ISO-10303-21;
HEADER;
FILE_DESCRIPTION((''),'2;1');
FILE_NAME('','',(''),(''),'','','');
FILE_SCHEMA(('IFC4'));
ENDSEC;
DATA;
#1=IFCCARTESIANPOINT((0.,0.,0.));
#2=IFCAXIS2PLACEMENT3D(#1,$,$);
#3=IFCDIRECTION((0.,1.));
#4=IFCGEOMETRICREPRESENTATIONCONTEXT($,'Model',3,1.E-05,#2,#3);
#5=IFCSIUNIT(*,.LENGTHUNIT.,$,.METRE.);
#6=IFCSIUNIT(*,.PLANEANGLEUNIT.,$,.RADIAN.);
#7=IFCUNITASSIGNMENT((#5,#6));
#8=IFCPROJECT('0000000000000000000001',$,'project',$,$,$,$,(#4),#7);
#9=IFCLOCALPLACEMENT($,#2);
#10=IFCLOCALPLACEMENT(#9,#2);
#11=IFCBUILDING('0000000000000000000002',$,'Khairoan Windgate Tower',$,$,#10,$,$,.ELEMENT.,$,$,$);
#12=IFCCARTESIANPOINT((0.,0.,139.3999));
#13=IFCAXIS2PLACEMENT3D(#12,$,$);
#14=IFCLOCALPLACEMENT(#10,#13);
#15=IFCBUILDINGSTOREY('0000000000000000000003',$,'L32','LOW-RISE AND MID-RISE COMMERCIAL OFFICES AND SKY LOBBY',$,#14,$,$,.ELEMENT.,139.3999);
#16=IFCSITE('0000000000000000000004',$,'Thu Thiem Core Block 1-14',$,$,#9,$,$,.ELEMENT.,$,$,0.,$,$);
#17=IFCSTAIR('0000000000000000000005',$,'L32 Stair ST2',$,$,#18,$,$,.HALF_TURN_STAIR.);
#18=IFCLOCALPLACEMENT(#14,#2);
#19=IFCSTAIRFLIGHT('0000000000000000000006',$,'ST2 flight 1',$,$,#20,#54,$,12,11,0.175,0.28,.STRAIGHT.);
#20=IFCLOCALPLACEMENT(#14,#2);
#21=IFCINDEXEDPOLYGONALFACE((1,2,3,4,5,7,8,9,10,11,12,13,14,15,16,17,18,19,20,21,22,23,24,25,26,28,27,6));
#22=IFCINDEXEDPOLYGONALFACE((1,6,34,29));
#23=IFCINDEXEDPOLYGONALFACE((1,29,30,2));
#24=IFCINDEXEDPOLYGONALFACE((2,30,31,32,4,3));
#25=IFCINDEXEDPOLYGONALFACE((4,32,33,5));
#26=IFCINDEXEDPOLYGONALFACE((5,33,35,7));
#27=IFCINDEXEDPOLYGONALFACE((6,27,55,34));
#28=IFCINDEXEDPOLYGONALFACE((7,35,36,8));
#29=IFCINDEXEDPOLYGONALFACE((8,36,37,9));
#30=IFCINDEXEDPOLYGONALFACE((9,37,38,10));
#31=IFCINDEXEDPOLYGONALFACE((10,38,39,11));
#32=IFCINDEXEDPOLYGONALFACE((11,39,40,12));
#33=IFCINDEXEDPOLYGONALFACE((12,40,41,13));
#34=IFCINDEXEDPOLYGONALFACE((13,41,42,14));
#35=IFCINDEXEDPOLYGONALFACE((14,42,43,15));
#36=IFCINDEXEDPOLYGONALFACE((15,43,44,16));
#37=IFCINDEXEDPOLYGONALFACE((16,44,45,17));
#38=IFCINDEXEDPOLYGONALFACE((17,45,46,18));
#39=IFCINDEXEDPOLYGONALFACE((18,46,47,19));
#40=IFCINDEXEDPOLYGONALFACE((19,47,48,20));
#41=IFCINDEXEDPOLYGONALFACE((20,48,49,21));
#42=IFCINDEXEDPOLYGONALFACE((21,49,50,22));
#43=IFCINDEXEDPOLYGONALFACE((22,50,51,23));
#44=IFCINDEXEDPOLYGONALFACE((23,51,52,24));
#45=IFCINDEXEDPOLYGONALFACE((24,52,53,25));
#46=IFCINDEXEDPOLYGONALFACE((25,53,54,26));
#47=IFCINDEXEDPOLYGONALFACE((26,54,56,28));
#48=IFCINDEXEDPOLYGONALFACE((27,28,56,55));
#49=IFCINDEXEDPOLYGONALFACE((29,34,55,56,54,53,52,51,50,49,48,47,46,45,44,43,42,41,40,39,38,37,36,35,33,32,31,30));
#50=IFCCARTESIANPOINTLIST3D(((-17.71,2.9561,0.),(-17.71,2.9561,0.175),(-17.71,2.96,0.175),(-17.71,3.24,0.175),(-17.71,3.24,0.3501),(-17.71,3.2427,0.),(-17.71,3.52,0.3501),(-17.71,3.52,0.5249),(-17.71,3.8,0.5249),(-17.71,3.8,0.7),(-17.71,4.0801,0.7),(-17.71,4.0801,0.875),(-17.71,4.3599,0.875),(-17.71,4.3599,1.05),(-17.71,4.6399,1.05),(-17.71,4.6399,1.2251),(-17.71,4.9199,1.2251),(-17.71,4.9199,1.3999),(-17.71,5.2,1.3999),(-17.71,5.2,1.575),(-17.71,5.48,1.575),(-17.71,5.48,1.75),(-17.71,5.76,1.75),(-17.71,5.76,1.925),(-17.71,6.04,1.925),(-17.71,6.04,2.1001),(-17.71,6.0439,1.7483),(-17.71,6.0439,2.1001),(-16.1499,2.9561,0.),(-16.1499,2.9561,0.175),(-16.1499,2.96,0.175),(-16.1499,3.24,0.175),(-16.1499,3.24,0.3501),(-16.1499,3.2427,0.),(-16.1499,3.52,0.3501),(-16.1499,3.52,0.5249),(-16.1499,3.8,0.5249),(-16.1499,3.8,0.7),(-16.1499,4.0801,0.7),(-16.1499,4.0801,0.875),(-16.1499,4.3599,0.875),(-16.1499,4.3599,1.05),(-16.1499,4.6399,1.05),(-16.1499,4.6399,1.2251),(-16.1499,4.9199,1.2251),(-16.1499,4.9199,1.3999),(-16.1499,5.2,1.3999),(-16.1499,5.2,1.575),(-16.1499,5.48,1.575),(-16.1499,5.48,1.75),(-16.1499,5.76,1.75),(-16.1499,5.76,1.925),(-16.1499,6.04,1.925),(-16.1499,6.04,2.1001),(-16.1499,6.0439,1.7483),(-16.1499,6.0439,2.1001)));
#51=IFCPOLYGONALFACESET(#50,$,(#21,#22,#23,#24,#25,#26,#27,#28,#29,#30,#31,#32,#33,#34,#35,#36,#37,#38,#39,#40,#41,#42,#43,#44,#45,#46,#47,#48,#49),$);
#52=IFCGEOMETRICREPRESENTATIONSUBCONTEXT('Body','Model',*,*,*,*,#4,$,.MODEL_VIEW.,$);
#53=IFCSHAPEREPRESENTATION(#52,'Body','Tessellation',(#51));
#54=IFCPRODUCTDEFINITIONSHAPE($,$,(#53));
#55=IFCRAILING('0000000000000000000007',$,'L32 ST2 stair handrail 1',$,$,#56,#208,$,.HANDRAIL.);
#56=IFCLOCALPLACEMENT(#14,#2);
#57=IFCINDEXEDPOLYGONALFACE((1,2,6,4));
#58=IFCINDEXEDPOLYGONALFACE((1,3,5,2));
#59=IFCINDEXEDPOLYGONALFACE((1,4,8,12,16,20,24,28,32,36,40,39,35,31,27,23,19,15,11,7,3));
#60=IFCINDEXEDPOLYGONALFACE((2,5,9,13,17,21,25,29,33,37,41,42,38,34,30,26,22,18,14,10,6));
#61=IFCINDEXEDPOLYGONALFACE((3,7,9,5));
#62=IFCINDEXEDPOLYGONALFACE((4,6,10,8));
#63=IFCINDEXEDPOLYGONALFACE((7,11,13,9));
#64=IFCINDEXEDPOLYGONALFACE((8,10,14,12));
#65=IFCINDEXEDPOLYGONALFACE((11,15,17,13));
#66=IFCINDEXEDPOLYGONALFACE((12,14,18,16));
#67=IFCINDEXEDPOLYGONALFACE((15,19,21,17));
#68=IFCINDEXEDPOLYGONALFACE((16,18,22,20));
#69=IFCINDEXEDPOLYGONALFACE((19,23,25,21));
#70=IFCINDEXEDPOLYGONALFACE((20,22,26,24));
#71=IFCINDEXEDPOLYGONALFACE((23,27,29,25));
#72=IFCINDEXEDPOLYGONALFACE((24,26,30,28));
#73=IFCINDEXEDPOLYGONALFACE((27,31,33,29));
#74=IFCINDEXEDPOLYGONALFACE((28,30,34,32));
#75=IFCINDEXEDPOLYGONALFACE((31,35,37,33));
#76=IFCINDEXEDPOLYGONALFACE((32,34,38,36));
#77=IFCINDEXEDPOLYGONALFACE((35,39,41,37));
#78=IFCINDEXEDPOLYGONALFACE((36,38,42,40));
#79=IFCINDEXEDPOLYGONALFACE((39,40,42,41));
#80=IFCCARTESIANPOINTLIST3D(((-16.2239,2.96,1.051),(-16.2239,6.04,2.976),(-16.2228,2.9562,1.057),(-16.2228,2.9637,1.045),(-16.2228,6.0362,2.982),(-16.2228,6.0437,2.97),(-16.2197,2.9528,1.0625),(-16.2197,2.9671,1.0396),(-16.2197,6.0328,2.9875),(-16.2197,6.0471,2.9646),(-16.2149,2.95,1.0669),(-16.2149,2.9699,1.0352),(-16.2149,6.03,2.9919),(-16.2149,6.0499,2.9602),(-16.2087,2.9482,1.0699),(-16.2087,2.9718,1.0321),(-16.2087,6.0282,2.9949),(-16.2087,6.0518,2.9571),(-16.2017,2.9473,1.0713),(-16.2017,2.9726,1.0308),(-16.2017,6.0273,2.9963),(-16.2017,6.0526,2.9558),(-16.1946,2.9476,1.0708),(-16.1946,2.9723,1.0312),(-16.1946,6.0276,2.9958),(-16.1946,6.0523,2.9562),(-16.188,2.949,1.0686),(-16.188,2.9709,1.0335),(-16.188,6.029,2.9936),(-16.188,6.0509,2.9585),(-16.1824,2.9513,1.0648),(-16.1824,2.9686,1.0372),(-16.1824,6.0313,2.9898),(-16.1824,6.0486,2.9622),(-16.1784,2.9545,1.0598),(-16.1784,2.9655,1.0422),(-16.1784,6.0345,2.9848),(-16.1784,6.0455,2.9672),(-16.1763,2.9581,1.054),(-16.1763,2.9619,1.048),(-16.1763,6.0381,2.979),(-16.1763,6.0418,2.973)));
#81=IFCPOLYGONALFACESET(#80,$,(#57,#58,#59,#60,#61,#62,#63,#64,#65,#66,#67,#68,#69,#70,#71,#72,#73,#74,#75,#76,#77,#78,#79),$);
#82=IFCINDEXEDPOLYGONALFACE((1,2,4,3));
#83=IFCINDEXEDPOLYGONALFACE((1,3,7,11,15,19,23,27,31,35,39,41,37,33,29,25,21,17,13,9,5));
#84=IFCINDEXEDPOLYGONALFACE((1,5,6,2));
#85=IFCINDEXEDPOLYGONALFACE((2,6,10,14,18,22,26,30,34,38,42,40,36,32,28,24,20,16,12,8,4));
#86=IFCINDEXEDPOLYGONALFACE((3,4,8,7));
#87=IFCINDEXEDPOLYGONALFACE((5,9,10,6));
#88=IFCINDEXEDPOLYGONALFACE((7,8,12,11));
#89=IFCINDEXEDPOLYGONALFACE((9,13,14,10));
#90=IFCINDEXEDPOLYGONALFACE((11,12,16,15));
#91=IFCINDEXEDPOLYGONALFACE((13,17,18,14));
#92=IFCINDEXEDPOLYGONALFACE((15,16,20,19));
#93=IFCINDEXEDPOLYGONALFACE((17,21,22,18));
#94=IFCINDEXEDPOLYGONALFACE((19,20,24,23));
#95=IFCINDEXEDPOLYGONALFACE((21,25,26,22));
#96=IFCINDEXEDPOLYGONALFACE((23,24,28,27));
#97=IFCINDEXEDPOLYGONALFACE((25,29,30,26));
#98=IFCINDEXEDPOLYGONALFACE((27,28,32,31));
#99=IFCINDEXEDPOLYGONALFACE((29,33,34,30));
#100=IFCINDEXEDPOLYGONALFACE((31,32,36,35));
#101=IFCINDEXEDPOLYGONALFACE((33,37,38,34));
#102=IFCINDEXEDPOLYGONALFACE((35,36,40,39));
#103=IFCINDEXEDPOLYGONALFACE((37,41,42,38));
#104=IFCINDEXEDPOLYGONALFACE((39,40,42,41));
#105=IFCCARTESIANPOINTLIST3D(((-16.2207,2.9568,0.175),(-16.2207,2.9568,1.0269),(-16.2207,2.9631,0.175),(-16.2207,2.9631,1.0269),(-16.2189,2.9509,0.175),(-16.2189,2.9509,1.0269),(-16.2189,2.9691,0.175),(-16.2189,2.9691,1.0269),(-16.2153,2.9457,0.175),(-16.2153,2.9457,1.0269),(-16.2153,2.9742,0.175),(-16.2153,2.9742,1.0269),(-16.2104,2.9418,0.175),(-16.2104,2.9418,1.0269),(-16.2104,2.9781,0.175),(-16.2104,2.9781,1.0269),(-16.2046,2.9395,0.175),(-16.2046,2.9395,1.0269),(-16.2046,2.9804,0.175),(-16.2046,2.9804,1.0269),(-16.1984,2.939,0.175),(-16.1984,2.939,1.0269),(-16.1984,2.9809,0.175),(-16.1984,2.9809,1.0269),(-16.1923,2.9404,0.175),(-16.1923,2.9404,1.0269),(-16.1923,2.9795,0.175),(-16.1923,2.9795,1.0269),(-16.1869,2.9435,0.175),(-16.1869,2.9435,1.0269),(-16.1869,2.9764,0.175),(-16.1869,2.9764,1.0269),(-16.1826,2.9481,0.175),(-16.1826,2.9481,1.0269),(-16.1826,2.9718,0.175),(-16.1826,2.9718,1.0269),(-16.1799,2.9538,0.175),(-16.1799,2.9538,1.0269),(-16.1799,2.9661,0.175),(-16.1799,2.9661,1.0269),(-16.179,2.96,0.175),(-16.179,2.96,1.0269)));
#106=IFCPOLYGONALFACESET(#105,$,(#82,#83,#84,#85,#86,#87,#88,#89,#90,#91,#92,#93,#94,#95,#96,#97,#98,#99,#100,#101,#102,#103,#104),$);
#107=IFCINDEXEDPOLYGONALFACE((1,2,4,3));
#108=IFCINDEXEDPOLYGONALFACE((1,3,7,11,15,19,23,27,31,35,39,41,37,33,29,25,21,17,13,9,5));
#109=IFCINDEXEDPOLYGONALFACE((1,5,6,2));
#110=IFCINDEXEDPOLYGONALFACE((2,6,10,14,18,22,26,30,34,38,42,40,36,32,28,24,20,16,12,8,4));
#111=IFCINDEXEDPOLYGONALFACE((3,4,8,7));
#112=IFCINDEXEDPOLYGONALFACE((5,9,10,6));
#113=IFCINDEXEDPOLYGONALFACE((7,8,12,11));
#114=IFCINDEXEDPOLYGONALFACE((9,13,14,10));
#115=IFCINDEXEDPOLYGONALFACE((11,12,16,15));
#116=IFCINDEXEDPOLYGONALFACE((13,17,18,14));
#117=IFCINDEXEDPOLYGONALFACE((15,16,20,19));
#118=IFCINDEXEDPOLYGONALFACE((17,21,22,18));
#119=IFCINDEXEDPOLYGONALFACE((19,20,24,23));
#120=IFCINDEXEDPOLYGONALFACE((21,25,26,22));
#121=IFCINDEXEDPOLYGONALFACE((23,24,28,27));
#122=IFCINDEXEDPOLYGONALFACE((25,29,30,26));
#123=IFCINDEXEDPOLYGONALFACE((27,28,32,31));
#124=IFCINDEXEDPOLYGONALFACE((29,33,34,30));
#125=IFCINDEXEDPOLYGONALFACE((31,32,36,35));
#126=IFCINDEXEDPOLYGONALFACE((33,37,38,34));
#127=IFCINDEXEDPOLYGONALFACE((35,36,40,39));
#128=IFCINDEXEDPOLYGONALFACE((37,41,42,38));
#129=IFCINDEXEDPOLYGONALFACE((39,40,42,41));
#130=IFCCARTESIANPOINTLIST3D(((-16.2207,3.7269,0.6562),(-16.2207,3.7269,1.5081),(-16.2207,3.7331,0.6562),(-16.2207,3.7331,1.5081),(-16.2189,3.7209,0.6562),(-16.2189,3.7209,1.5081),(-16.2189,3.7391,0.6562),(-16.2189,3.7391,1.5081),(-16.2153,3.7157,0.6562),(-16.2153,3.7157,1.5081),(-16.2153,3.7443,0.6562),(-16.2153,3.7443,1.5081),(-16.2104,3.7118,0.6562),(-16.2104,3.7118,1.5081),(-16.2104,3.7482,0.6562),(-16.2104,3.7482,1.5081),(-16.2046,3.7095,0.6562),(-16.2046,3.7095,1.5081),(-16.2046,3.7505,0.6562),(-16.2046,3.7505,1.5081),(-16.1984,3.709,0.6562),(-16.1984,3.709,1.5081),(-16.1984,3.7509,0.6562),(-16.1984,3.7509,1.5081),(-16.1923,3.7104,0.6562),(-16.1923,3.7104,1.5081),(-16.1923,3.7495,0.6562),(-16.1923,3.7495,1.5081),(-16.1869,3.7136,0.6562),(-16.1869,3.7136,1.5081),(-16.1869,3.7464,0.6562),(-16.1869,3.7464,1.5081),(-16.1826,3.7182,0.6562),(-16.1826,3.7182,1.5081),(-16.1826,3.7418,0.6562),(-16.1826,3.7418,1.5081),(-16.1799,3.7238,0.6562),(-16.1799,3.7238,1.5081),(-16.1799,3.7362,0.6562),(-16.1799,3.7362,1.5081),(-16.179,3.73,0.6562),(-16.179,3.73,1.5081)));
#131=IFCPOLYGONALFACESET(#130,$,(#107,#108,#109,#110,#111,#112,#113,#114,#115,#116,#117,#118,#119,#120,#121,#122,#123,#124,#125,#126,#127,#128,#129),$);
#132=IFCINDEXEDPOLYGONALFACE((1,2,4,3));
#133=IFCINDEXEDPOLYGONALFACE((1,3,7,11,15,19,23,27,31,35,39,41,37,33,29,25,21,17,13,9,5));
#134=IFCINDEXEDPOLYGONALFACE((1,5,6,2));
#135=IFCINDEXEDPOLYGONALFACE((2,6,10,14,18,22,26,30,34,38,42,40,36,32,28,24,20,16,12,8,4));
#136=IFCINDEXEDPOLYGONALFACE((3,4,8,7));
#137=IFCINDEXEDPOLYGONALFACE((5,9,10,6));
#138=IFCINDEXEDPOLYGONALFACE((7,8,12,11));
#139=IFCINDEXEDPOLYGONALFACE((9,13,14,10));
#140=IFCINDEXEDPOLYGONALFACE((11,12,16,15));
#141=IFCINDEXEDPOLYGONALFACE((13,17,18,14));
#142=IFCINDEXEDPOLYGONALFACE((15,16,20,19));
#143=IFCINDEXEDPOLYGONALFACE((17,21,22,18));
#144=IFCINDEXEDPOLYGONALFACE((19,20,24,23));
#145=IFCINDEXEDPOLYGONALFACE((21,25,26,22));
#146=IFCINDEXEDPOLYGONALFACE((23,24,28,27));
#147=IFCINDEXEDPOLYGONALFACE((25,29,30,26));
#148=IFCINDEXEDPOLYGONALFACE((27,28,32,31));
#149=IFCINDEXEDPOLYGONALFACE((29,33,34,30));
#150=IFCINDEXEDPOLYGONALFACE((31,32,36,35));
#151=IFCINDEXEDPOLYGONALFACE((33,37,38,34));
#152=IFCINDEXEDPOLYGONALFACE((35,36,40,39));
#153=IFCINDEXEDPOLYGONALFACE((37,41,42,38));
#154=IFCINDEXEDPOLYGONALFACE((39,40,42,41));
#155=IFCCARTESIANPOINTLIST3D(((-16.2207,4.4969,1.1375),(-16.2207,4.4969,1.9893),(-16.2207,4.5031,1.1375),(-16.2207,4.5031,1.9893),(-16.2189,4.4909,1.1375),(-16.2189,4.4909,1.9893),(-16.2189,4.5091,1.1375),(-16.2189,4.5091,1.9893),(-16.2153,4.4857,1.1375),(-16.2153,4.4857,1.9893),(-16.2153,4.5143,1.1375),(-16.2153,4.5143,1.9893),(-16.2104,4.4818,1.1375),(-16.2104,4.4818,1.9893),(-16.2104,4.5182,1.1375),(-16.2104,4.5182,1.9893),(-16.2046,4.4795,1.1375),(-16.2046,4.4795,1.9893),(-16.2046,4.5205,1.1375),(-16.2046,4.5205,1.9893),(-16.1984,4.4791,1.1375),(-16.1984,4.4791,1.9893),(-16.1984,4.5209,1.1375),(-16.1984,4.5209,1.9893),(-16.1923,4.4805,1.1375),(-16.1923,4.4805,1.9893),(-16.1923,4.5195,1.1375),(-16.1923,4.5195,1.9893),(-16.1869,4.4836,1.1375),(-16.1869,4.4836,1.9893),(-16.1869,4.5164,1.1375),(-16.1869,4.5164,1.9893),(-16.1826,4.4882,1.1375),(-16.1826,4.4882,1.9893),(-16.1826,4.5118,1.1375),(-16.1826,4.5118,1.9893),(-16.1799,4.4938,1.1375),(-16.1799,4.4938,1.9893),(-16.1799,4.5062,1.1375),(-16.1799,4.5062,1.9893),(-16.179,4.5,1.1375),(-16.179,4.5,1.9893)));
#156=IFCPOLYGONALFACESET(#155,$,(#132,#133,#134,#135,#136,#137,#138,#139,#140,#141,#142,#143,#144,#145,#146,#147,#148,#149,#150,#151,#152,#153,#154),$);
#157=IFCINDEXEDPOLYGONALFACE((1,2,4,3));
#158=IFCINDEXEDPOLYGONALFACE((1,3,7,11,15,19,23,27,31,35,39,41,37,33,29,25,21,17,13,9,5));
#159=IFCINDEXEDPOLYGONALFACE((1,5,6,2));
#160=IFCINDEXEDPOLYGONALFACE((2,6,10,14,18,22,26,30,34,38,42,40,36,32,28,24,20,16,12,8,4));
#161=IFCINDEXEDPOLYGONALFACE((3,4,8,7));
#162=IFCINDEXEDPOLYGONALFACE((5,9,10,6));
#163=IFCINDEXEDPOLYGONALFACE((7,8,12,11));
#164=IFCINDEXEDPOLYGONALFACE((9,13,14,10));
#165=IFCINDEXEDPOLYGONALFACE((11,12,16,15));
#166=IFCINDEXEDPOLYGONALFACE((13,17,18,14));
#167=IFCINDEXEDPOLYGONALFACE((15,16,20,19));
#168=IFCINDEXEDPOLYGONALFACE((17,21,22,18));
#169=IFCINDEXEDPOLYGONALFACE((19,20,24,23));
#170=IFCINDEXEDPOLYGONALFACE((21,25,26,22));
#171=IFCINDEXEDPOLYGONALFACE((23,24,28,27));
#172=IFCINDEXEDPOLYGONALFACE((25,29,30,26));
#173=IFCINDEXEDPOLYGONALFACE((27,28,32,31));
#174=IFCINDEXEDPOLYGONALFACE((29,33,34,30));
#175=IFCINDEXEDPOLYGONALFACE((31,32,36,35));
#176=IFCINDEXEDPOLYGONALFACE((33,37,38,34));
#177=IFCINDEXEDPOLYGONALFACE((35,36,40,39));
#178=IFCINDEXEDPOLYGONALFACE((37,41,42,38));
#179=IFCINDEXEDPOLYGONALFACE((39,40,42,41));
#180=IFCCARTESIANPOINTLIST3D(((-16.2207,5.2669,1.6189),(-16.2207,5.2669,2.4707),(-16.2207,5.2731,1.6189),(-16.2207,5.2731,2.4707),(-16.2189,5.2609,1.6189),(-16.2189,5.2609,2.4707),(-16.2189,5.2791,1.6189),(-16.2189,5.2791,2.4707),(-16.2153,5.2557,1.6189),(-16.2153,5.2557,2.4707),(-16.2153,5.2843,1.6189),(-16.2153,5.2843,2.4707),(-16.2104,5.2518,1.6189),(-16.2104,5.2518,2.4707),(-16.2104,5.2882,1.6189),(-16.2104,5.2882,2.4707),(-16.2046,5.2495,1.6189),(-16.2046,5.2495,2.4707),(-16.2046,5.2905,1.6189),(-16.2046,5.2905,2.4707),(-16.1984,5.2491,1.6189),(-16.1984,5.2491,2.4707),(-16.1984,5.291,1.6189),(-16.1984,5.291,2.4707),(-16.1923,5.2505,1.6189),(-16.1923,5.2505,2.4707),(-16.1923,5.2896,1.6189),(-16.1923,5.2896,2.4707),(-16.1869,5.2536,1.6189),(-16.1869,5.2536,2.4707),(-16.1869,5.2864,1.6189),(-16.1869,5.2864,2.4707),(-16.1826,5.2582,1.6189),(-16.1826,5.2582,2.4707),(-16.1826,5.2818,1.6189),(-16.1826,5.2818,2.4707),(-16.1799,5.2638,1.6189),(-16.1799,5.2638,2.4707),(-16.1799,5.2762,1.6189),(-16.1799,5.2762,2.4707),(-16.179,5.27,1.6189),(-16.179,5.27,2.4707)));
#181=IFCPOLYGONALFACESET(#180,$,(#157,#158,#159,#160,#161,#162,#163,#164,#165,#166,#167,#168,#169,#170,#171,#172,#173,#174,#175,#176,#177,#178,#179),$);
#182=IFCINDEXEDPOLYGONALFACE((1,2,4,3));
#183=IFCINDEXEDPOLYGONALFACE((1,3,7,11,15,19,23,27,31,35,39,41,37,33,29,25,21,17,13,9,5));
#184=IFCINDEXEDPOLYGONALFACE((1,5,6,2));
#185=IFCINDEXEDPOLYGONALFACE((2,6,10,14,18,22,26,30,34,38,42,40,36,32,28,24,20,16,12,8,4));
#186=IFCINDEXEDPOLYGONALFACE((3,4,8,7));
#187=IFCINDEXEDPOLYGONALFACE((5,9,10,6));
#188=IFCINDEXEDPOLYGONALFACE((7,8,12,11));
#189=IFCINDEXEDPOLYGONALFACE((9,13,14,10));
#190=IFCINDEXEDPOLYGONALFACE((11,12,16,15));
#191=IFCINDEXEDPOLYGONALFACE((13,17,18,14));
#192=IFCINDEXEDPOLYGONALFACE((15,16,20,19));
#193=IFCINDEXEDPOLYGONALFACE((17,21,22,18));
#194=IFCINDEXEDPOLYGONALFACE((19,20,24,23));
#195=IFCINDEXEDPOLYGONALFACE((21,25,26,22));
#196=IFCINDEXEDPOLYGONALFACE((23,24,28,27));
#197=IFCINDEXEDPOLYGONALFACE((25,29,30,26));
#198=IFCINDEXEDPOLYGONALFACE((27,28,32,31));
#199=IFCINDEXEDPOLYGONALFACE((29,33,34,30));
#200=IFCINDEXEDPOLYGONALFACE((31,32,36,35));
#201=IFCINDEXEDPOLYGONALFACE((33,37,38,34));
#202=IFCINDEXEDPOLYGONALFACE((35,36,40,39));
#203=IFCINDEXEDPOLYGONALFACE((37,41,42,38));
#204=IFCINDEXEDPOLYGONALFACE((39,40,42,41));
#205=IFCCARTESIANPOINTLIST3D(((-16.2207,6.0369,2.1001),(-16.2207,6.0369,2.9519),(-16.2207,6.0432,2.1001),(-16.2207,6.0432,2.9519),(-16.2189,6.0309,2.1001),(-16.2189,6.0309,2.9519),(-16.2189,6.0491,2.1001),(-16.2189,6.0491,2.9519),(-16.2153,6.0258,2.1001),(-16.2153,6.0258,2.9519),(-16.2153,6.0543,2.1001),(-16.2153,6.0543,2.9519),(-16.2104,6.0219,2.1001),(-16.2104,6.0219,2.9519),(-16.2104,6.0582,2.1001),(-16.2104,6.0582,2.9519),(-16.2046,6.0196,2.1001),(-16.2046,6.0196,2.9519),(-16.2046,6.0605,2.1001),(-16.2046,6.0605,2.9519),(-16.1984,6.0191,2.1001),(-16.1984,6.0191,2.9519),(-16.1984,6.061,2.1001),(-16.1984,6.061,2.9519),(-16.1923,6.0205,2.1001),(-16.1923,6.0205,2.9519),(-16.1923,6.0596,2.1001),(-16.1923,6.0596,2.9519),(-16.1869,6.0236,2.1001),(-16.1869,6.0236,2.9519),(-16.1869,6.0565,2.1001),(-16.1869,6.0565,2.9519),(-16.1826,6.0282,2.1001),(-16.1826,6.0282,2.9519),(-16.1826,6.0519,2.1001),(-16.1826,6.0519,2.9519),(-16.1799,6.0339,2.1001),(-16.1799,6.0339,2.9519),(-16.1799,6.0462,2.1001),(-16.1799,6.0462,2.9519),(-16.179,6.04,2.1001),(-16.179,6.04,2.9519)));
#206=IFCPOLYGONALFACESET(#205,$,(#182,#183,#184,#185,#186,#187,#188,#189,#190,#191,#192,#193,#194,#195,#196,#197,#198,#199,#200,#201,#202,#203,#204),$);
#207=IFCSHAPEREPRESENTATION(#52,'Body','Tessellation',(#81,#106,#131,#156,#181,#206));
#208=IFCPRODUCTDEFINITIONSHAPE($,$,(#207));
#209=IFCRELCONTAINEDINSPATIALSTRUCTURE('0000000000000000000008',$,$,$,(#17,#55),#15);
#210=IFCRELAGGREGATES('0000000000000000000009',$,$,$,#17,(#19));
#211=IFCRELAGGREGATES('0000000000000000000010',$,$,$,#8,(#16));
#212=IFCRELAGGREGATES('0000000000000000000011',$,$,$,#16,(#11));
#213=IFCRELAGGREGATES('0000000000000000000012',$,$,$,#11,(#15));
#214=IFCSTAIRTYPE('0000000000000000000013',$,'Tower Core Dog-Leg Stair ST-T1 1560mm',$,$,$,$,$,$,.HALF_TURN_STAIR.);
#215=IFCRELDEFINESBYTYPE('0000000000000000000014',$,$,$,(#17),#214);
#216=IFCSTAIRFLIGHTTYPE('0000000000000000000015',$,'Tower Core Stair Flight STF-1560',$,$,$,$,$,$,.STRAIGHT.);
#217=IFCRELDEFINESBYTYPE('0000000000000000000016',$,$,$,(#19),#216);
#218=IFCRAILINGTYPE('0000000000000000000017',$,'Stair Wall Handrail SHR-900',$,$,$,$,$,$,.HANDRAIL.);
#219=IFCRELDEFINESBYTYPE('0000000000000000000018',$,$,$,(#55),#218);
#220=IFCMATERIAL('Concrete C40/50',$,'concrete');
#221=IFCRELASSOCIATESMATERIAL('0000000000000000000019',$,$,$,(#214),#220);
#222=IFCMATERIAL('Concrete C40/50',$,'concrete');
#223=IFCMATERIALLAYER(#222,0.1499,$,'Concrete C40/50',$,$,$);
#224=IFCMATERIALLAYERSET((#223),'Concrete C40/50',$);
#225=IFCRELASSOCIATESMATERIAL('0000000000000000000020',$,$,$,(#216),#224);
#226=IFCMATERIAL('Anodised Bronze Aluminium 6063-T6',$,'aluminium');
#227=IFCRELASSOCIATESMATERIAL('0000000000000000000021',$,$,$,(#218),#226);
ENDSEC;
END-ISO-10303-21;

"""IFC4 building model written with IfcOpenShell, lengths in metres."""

from ifc_helpers import new_model, si_unit, direction, frame, origin, origin_2d, place, context, subcontext, project, spatial, polyline, circle, outline, extrude, material, layer, layer_set, type_object, element, aggregate, save


model = new_model("IFC4")

# Units and contexts
model_context = context("Model", 3, precision=1e-05, world=origin(), true_north=direction((0.0, 1.0)))
body_context = subcontext(model_context, "Body", "Model", "MODEL_VIEW")
ifc_project = project(units=[si_unit("LENGTHUNIT", "METRE"), si_unit("PLANEANGLEUNIT", "RADIAN")], contexts=[model_context])

# Site, building, storey
site_placement = place(None, origin())
site = spatial("IfcSite", under=ifc_project, at=site_placement, Name="Thu Thiem Core Block 1-14", CompositionType="ELEMENT", RefElevation=0.0)
building_placement = place(site_placement, origin())
building = spatial("IfcBuilding", under=site, at=building_placement, Name="Khairoan Windgate Tower", CompositionType="ELEMENT")
storey_placement = place(building_placement, frame((0.0, 0.0, 139.3999)))
storey = spatial("IfcBuildingStorey", under=building, at=storey_placement, Name="L32", Description="LOW-RISE AND MID-RISE COMMERCIAL OFFICES AND SKY LOBBY", CompositionType="ELEMENT", Elevation=139.3999)

# Stair, stair flight
ifc_material_1 = material(Name="Concrete C40/50", Category="concrete")
stair_type = type_object("IfcStairType", Name="Tower Core Dog-Leg Stair ST-T1 1560mm", PredefinedType="HALF_TURN_STAIR", material=ifc_material_1)
stair_placement = place(storey_placement, origin())
stair = element("IfcStair", 1, at=stair_placement, inside=storey, type_object=stair_type, Name="L32 Stair ST2", PredefinedType="HALF_TURN_STAIR")
ifc_material_2 = material(Name="Concrete C40/50", Category="concrete")
ifc_layer_1 = layer(ifc_material_2, 0.1499, Name="Concrete C40/50")
ifc_layer_set_1 = layer_set([ifc_layer_1], Name="Concrete C40/50")
stair_flight_type = type_object("IfcStairFlightType", Name="Tower Core Stair Flight STF-1560", PredefinedType="STRAIGHT", material=ifc_layer_set_1)
stair_flight_placement = place(storey_placement, frame((-16.9299, 2.96, 0.0), z_axis=(0.0, 0.0, 1.0), x_axis=(0.0, 1.0, 0.0)))
stair_flight = element("IfcStairFlight", 2, at=stair_flight_placement, type_object=stair_flight_type, Name="ST2 flight 1", NumberOfRisers=12, NumberOfTreads=11, PredefinedType="STRAIGHT", RiserHeight=0.175, TreadLength=0.28, context=body_context, shape_type="SweptSolid", body=[
    extrude(outline(polyline([(-0.0039, 0.0), (-0.0039, 0.175), (0.0, 0.175), (0.28, 0.175), (0.28, 0.3501), (0.5601, 0.3501), (0.5601, 0.5249), (0.8401, 0.5249), (0.8401, 0.7), (1.1201, 0.7), (1.1201, 0.875), (1.3999, 0.875), (1.3999, 1.05), (1.6799, 1.05), (1.6799, 1.2251), (1.96, 1.2251), (1.96, 1.3999), (2.24, 1.3999), (2.24, 1.575), (2.52, 1.575), (2.52, 1.75), (2.8, 1.75), (2.8, 1.925), (3.0801, 1.925), (3.0801, 2.1001), (3.084, 2.1001), (3.084, 1.7483), (0.2827, 0.0), (-0.0039, 0.0)])), frame((0.0, 0.78, 0.0), z_axis=(0.0, -1.0, 0.0), x_axis=(1.0, 0.0, 0.0)), (0.0, 0.0, 1.0), 1.5601),
])
aggregate(stair, [stair_flight])

# Railing
ifc_material_3 = material(Name="Anodised Bronze Aluminium 6063-T6", Category="aluminium")
railing_type_1 = type_object("IfcRailingType", Name="Stair Wall Handrail SHR-900", PredefinedType="HANDRAIL", material=ifc_material_3)
railing_1_placement = place(storey_placement, frame((-16.2, 2.96, 0.175)))
element("IfcRailing", 3, at=railing_1_placement, inside=storey, type_object=railing_type_1, Name="L32 ST2 stair handrail 1", PredefinedType="HANDRAIL", context=body_context, shape_type="SweptSolid", body=[
    extrude(circle(Radius=0.0239, at=origin_2d()), frame((0.0, 0.0, 0.876), z_axis=(0.0, 0.847998, 0.529999), x_axis=(-1.0, 0.0, 0.0)), (0.0, 0.0, 1.0), 3.6321),
    extrude(circle(Radius=0.021, at=origin_2d()), origin(), (0.0, 0.0, 1.0), 0.8518),
    extrude(circle(Radius=0.021, at=origin_2d()), frame((0.0, 0.77, 0.4812)), (0.0, 0.0, 1.0), 0.8518),
    extrude(circle(Radius=0.021, at=origin_2d()), frame((0.0, 1.54, 0.9624)), (0.0, 0.0, 1.0), 0.8518),
    extrude(circle(Radius=0.021, at=origin_2d()), frame((0.0, 2.3101, 1.4438)), (0.0, 0.0, 1.0), 0.8518),
    extrude(circle(Radius=0.021, at=origin_2d()), frame((0.0, 3.0801, 1.925)), (0.0, 0.0, 1.0), 0.8518),
])

save(model, "model.ifc")
